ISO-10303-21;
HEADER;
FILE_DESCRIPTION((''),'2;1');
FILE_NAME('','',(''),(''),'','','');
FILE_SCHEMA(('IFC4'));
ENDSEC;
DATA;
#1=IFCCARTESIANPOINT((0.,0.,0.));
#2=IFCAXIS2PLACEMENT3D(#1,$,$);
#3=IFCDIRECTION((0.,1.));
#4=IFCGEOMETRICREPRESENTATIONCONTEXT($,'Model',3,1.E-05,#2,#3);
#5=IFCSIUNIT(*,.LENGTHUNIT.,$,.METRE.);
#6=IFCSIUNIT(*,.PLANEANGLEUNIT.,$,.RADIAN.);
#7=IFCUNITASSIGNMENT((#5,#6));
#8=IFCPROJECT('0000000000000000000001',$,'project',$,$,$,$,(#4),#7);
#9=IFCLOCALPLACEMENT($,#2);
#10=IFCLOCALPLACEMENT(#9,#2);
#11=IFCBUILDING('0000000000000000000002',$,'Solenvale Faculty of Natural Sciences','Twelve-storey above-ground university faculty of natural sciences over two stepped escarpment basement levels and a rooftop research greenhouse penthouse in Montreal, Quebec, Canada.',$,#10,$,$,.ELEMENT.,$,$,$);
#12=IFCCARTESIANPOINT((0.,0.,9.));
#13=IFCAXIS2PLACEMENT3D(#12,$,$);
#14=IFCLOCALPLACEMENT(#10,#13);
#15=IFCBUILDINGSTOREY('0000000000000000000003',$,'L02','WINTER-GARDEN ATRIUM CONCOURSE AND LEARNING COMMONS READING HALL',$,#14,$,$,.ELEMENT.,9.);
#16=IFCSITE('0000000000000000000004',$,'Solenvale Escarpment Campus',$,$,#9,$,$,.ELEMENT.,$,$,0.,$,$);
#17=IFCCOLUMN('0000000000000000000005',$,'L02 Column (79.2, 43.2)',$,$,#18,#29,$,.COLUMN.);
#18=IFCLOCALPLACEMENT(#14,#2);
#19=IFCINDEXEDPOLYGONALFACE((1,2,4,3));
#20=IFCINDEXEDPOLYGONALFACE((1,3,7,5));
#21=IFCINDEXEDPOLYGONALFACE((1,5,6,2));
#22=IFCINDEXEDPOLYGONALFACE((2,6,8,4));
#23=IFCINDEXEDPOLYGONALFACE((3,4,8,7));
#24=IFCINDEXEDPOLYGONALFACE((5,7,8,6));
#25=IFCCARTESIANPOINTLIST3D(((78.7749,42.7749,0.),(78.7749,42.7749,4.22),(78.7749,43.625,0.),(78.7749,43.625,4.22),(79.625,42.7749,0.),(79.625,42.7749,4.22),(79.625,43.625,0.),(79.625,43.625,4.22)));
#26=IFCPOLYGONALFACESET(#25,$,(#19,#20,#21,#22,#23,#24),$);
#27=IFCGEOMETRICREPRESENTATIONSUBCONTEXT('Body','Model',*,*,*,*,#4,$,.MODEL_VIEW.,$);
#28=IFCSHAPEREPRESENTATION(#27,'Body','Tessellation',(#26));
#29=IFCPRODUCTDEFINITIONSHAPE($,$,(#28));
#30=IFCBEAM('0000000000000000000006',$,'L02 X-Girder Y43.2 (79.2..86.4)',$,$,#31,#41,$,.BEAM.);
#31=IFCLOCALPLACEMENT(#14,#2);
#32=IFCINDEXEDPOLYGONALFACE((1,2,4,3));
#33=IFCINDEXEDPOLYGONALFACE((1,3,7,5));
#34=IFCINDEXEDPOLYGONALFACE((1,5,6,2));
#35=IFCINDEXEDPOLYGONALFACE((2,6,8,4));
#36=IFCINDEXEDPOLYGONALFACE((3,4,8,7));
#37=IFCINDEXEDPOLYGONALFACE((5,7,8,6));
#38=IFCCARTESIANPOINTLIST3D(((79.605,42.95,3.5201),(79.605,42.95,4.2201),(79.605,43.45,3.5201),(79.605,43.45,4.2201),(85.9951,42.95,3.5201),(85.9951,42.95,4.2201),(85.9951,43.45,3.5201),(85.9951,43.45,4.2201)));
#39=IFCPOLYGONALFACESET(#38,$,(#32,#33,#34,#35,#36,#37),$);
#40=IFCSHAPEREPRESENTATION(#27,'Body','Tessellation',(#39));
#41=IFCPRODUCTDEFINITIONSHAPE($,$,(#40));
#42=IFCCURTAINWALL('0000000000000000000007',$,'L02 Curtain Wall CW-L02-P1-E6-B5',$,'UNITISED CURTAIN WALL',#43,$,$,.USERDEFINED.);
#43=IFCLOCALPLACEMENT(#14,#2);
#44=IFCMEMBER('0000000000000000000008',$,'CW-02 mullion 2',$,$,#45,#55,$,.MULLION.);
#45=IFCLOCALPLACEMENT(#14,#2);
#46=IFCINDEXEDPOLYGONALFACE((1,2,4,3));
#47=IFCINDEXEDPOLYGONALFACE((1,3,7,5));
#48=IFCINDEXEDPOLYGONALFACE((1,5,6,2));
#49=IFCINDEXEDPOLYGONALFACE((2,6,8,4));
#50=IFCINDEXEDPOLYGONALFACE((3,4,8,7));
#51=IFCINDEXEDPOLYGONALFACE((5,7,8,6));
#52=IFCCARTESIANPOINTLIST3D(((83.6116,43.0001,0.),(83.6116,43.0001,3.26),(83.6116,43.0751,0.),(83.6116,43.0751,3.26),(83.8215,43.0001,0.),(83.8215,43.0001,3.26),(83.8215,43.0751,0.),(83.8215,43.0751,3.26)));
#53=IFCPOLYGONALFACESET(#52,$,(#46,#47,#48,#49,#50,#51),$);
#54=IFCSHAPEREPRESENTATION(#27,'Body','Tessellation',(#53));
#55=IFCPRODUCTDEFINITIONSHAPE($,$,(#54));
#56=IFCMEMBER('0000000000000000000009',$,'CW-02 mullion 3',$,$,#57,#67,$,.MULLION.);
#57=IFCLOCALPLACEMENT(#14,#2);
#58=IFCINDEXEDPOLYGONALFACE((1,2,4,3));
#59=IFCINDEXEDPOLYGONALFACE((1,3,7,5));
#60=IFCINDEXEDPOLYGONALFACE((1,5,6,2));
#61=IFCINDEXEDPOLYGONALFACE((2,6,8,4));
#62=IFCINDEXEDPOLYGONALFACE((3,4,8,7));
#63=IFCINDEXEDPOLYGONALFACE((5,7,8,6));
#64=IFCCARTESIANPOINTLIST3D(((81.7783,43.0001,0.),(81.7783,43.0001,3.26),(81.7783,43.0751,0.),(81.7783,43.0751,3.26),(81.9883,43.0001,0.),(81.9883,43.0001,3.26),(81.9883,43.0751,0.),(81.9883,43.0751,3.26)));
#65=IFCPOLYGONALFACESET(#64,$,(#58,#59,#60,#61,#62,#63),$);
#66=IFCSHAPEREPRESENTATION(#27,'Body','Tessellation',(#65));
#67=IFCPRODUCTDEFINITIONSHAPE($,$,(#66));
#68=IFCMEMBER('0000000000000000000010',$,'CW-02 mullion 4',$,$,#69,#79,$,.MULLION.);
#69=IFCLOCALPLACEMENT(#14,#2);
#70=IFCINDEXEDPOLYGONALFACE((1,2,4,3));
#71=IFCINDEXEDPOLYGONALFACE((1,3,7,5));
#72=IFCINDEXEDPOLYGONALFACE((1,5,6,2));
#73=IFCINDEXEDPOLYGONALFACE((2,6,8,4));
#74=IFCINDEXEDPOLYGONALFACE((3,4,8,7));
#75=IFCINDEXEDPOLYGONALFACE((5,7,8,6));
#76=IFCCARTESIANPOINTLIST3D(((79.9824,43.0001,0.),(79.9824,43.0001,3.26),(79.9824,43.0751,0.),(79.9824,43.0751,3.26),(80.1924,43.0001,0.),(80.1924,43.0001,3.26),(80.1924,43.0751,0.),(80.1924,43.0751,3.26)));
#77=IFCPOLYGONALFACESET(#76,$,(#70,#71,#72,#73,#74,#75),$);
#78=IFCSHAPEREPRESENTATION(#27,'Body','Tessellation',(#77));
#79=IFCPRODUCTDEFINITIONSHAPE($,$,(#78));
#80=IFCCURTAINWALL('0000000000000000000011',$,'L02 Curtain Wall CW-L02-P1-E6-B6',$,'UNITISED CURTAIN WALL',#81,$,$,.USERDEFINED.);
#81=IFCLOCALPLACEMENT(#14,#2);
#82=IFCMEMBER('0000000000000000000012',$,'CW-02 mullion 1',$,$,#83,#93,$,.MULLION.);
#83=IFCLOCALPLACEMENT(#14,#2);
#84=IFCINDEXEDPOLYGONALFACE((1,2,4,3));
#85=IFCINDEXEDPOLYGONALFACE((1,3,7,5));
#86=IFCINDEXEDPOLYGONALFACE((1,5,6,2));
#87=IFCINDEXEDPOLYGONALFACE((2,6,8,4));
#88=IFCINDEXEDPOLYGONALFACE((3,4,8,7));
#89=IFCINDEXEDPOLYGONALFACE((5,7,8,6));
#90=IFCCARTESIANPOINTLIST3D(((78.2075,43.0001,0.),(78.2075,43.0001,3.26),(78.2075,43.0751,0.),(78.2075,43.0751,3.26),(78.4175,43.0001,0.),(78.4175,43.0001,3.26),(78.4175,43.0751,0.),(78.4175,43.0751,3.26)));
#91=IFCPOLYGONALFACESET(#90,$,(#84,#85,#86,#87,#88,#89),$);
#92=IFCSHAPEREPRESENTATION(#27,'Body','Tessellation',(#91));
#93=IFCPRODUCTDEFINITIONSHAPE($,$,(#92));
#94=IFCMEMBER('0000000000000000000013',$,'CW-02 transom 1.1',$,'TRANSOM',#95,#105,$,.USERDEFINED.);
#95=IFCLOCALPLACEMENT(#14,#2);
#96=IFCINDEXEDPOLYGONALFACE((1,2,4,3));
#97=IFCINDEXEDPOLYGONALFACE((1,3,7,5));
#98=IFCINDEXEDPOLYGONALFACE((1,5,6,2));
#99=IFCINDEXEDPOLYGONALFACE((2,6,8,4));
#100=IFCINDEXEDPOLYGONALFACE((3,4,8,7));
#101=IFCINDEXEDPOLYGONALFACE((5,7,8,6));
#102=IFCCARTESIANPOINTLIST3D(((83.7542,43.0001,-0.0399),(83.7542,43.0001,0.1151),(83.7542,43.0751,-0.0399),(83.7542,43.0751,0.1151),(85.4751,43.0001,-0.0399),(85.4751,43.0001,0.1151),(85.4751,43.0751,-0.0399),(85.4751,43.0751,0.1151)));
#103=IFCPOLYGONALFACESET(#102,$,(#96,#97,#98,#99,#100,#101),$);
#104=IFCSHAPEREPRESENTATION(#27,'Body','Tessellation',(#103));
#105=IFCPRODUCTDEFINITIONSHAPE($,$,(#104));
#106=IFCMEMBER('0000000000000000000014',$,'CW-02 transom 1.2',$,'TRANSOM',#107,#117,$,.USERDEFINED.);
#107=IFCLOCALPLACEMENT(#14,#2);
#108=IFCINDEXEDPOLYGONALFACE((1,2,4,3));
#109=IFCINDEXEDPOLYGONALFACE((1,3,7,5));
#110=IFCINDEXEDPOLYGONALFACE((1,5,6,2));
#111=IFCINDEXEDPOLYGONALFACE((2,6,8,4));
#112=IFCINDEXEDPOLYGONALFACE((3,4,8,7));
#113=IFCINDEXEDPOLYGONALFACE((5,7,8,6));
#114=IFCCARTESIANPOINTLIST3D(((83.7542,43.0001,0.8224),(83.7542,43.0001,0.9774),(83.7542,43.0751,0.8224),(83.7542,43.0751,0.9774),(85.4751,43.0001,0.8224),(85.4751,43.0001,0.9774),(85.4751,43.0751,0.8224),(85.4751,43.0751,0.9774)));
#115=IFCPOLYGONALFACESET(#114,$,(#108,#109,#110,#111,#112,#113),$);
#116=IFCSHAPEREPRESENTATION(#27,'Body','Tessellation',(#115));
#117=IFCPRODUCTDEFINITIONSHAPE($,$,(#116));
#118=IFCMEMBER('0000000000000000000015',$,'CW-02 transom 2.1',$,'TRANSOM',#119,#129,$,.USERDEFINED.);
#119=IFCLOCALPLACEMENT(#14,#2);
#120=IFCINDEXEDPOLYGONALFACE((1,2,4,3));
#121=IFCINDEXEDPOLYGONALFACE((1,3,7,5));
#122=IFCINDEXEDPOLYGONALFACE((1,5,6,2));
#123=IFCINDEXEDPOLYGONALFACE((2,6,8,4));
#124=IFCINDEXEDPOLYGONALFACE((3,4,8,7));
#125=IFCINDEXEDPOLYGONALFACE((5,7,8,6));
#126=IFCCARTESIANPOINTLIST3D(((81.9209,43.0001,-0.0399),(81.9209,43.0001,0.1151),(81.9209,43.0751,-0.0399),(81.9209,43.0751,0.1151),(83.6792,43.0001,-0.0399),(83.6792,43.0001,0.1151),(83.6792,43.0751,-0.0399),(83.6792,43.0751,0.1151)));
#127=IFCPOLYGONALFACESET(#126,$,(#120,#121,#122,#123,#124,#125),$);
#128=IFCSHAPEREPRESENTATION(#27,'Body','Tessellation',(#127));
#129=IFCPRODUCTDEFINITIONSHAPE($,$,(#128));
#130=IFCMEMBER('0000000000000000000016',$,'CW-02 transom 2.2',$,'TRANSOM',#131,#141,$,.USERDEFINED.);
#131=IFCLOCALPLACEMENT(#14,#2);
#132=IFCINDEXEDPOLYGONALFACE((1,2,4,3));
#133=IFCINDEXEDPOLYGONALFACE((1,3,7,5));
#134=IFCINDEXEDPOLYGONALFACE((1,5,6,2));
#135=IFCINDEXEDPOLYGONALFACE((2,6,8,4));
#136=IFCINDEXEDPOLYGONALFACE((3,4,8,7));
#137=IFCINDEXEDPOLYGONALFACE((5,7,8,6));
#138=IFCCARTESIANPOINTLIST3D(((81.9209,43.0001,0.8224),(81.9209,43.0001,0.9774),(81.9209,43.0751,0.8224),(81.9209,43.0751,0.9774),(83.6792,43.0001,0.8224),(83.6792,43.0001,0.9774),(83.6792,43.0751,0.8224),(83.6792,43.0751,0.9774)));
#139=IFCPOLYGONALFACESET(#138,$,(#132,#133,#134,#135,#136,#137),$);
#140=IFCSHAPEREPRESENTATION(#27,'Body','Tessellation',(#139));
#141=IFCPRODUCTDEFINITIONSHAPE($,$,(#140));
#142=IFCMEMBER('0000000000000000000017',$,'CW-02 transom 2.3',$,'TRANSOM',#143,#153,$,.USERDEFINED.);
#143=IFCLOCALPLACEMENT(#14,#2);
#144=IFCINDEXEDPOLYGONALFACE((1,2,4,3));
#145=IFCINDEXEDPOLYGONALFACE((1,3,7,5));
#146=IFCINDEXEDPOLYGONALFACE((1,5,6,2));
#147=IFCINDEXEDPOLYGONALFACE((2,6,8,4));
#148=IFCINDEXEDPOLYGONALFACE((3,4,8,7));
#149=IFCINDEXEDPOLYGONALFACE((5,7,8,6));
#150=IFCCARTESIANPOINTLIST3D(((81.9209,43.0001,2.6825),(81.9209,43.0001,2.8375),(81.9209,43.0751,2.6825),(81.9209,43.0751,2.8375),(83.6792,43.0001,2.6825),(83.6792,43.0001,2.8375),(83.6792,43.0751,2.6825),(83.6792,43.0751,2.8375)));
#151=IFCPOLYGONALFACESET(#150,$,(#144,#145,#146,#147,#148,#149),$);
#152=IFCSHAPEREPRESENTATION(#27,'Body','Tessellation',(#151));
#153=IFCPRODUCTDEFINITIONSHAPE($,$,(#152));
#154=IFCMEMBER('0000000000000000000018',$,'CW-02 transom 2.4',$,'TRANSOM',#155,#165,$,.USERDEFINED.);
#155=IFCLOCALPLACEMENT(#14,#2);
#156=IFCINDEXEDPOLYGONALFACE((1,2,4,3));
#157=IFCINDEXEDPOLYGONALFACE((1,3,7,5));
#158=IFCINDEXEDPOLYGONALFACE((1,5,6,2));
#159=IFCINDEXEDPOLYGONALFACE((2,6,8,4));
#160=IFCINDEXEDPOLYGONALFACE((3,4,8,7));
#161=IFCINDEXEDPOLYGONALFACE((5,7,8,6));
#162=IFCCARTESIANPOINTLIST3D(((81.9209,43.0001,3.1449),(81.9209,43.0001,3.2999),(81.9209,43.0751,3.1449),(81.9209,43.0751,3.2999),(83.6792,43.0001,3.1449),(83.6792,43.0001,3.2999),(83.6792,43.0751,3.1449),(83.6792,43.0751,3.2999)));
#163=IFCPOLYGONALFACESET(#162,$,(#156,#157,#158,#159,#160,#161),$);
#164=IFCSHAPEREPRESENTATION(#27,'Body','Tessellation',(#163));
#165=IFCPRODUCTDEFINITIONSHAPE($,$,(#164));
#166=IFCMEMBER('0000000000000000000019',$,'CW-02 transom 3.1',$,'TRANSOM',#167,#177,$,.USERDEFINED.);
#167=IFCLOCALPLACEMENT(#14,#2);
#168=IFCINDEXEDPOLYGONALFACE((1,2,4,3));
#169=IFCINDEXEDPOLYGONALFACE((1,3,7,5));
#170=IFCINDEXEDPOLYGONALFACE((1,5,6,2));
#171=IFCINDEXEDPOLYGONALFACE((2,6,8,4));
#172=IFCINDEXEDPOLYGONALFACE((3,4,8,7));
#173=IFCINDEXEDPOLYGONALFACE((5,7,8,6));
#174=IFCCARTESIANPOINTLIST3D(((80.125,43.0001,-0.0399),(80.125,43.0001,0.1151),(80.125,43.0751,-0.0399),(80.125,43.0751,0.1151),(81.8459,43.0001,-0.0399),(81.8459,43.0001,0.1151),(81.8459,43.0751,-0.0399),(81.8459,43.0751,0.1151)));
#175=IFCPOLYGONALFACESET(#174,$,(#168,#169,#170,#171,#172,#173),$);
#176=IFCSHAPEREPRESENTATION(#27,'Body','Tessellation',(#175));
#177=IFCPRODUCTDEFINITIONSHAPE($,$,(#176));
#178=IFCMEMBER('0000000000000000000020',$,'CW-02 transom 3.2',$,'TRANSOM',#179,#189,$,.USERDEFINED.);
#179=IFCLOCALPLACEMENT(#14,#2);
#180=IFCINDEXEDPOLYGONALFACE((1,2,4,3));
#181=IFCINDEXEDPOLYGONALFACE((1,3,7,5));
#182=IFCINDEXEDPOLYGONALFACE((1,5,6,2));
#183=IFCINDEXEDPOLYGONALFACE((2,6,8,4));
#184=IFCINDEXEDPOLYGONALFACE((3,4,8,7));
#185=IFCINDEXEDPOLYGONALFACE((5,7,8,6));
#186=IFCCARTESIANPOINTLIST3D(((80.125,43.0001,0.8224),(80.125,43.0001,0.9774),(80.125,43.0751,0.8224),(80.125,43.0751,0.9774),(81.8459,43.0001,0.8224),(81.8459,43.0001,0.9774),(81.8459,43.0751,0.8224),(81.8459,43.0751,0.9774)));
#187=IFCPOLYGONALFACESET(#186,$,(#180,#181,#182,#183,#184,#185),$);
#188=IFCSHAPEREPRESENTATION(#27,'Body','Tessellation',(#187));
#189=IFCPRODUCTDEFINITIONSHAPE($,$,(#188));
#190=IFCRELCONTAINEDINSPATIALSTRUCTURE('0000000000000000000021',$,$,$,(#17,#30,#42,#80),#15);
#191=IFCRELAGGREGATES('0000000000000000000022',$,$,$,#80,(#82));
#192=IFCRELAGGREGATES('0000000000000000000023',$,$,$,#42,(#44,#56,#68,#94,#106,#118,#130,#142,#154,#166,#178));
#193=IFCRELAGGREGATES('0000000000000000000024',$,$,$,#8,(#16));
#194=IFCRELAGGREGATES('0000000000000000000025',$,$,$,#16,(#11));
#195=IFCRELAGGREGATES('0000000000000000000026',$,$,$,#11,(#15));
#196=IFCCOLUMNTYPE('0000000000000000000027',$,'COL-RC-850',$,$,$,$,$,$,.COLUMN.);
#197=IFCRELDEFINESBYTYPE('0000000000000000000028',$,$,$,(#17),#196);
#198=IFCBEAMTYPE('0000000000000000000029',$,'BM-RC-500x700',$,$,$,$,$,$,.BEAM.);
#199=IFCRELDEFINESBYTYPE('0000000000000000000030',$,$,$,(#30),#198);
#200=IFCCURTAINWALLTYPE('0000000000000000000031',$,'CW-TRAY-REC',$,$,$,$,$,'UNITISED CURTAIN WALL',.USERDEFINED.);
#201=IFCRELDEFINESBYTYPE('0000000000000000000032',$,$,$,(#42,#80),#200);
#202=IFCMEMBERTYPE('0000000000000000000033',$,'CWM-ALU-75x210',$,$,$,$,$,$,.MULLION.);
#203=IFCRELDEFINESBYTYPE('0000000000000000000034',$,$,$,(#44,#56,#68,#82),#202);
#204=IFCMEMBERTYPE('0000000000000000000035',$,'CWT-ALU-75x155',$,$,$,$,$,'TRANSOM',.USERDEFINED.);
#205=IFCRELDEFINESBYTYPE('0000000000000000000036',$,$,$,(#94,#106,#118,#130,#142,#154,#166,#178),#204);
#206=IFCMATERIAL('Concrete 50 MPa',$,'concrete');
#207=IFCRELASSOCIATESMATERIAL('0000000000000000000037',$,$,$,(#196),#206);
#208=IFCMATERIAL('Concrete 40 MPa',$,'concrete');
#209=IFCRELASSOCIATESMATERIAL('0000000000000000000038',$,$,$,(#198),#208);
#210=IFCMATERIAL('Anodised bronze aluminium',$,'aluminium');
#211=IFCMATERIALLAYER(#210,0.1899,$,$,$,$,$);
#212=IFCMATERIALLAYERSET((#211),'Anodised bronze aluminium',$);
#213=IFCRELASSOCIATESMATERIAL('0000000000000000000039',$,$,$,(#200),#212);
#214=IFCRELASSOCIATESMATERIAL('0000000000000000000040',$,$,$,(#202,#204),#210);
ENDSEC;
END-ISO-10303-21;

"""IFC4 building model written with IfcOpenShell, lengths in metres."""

from ifc_helpers import new_model, si_unit, direction, frame, origin, origin_2d, place, context, subcontext, project, spatial, rectangle, extrude, material, layer, layer_set, material_profile, profile_set, type_object, element, aggregate, save


model = new_model("IFC4")

# Units and contexts
model_context = context("Model", 3, precision=1e-05, world=origin(), true_north=direction((0.0, 1.0)))
body_context = subcontext(model_context, "Body", "Model", "MODEL_VIEW")
ifc_project = project(units=[si_unit("LENGTHUNIT", "METRE"), si_unit("PLANEANGLEUNIT", "RADIAN")], contexts=[model_context])

# Site, building, storey
site_placement = place(None, origin())
site = spatial("IfcSite", under=ifc_project, at=site_placement, Name="Solenvale Escarpment Campus", CompositionType="ELEMENT", RefElevation=0.0)
building_placement = place(site_placement, origin())
building = spatial("IfcBuilding", under=site, at=building_placement, Name="Solenvale Faculty of Natural Sciences", Description="Twelve-storey above-ground university faculty of natural sciences over two stepped escarpment basement levels and a rooftop research greenhouse penthouse in Montreal, Quebec, Canada.", CompositionType="ELEMENT")
storey_placement = place(building_placement, frame((0.0, 0.0, 9.0)))
storey = spatial("IfcBuildingStorey", under=building, at=storey_placement, Name="L02", Description="WINTER-GARDEN ATRIUM CONCOURSE AND LEARNING COMMONS READING HALL", CompositionType="ELEMENT", Elevation=9.0)

# Column
ifc_material_1 = material(Name="Concrete 50 MPa", Category="concrete")
ifc_material_profile_1 = material_profile(ifc_material_1, rectangle(XDim=0.8501, YDim=0.8501, at=origin_2d()), Name="RC-COL-850x850")
ifc_profile_set_1 = profile_set([ifc_material_profile_1], Name="Concrete 50 MPa")
column_type = type_object("IfcColumnType", Name="COL-RC-850", PredefinedType="COLUMN", material=ifc_profile_set_1)
column_placement = place(storey_placement, frame((79.2, 43.2, 0.0), z_axis=(0.0, 0.0, 1.0), x_axis=(1.0, 0.0, 0.0)))
element("IfcColumn", 1, at=column_placement, inside=storey, type_object=column_type, Name="L02 Column (79.2, 43.2)", PredefinedType="COLUMN", context=body_context, shape_type="SweptSolid", body=[
    extrude(rectangle(XDim=0.8501, YDim=0.8501, at=origin_2d()), origin(), (0.0, 0.0, 1.0), 4.22),
])

# Beam
ifc_material_2 = material(Name="Concrete 40 MPa", Category="concrete")
ifc_material_profile_2 = material_profile(ifc_material_2, rectangle(XDim=0.5, YDim=0.7, at=origin_2d()), Name="RC-BM-500x700")
ifc_profile_set_2 = profile_set([ifc_material_profile_2], Name="Concrete 40 MPa")
beam_type = type_object("IfcBeamType", Name="BM-RC-500x700", PredefinedType="BEAM", material=ifc_profile_set_2)
beam_placement = place(storey_placement, frame((79.605, 43.2, 3.8701), z_axis=(1.0, 0.0, 0.0), x_axis=(0.0, 1.0, 0.0)))
element("IfcBeam", 2, at=beam_placement, inside=storey, type_object=beam_type, Name="L02 X-Girder Y43.2 (79.2..86.4)", PredefinedType="BEAM", context=body_context, shape_type="SweptSolid", body=[
    extrude(rectangle(XDim=0.5, YDim=0.7, at=origin_2d()), origin(), (0.0, 0.0, 1.0), 6.3901),
])

# Curtain wall, members
ifc_material_3 = material(Name="Anodised bronze aluminium", Category="aluminium")
ifc_layer_1 = layer(ifc_material_3, 0.1899)
ifc_layer_set_1 = layer_set([ifc_layer_1], Name="Anodised bronze aluminium")
curtain_wall_type = type_object("IfcCurtainWallType", Name="CW-TRAY-REC", ElementType="UNITISED CURTAIN WALL", PredefinedType="USERDEFINED", material=ifc_layer_set_1)
curtain_wall_1_placement = place(storey_placement, origin())
curtain_wall_1 = element("IfcCurtainWall", 3, at=curtain_wall_1_placement, inside=storey, type_object=curtain_wall_type, Name="L02 Curtain Wall CW-L02-P1-E6-B5", ObjectType="UNITISED CURTAIN WALL", PredefinedType="USERDEFINED")
ifc_material_profile_3 = material_profile(ifc_material_3, rectangle(XDim=0.075, YDim=0.21, at=origin_2d()), Name="ALU-MUL-75x210")
ifc_profile_set_3 = profile_set([ifc_material_profile_3], Name="Anodised bronze aluminium")
member_type_1 = type_object("IfcMemberType", Name="CWM-ALU-75x210", PredefinedType="MULLION", material=ifc_profile_set_3)
member_1_placement = place(storey_placement, frame((83.7166, 43.0376, 0.0), z_axis=(0.0, 0.0, 1.0), x_axis=(0.0, -1.0, 0.0)))
member_1 = element("IfcMember", 4, at=member_1_placement, type_object=member_type_1, Name="CW-02 mullion 2", PredefinedType="MULLION", context=body_context, shape_type="SweptSolid", body=[
    extrude(rectangle(XDim=0.075, YDim=0.21, at=origin_2d()), origin(), (0.0, 0.0, 1.0), 3.26),
])
member_2_placement = place(storey_placement, frame((81.8833, 43.0376, 0.0), z_axis=(0.0, 0.0, 1.0), x_axis=(0.0, -1.0, 0.0)))
member_2 = element("IfcMember", 5, at=member_2_placement, type_object=member_type_1, Name="CW-02 mullion 3", PredefinedType="MULLION", context=body_context, shape_type="SweptSolid", body=[
    extrude(rectangle(XDim=0.075, YDim=0.21, at=origin_2d()), origin(), (0.0, 0.0, 1.0), 3.26),
])
member_3_placement = place(storey_placement, frame((80.0874, 43.0376, 0.0), z_axis=(0.0, 0.0, 1.0), x_axis=(0.0, -1.0, 0.0)))
member_3 = element("IfcMember", 6, at=member_3_placement, type_object=member_type_1, Name="CW-02 mullion 4", PredefinedType="MULLION", context=body_context, shape_type="SweptSolid", body=[
    extrude(rectangle(XDim=0.075, YDim=0.21, at=origin_2d()), origin(), (0.0, 0.0, 1.0), 3.26),
])

# Curtain wall, member
curtain_wall_2_placement = place(storey_placement, origin())
curtain_wall_2 = element("IfcCurtainWall", 7, at=curtain_wall_2_placement, inside=storey, type_object=curtain_wall_type, Name="L02 Curtain Wall CW-L02-P1-E6-B6", ObjectType="UNITISED CURTAIN WALL", PredefinedType="USERDEFINED")
member_4_placement = place(storey_placement, frame((78.3125, 43.0376, 0.0), z_axis=(0.0, 0.0, 1.0), x_axis=(0.0, -1.0, 0.0)))
member_4 = element("IfcMember", 8, at=member_4_placement, type_object=member_type_1, Name="CW-02 mullion 1", PredefinedType="MULLION", context=body_context, shape_type="SweptSolid", body=[
    extrude(rectangle(XDim=0.075, YDim=0.21, at=origin_2d()), origin(), (0.0, 0.0, 1.0), 3.26),
])

# Members
ifc_material_profile_4 = material_profile(ifc_material_3, rectangle(XDim=0.075, YDim=0.155, at=origin_2d()), Name="ALU-TRN-75x155")
ifc_profile_set_4 = profile_set([ifc_material_profile_4], Name="Anodised bronze aluminium")
member_type_2 = type_object("IfcMemberType", Name="CWT-ALU-75x155", ElementType="TRANSOM", PredefinedType="USERDEFINED", material=ifc_profile_set_4)
member_5_placement = place(storey_placement, frame((85.4751, 43.0376, 0.0376), z_axis=(-1.0, 0.0, 0.0), x_axis=(0.0, -1.0, 0.0)))
member_5 = element("IfcMember", 9, at=member_5_placement, type_object=member_type_2, Name="CW-02 transom 1.1", ObjectType="TRANSOM", PredefinedType="USERDEFINED", context=body_context, shape_type="SweptSolid", body=[
    extrude(rectangle(XDim=0.075, YDim=0.155, at=origin_2d()), origin(), (0.0, 0.0, 1.0), 1.7209),
])
member_6_placement = place(storey_placement, frame((85.4751, 43.0376, 0.8999), z_axis=(-1.0, 0.0, 0.0), x_axis=(0.0, -1.0, 0.0)))
member_6 = element("IfcMember", 10, at=member_6_placement, type_object=member_type_2, Name="CW-02 transom 1.2", ObjectType="TRANSOM", PredefinedType="USERDEFINED", context=body_context, shape_type="SweptSolid", body=[
    extrude(rectangle(XDim=0.075, YDim=0.155, at=origin_2d()), origin(), (0.0, 0.0, 1.0), 1.7209),
])
member_7_placement = place(storey_placement, frame((83.6792, 43.0376, 0.0376), z_axis=(-1.0, 0.0, 0.0), x_axis=(0.0, -1.0, 0.0)))
member_7 = element("IfcMember", 11, at=member_7_placement, type_object=member_type_2, Name="CW-02 transom 2.1", ObjectType="TRANSOM", PredefinedType="USERDEFINED", context=body_context, shape_type="SweptSolid", body=[
    extrude(rectangle(XDim=0.075, YDim=0.155, at=origin_2d()), origin(), (0.0, 0.0, 1.0), 1.7583),
])
member_8_placement = place(storey_placement, frame((83.6792, 43.0376, 0.8999), z_axis=(-1.0, 0.0, 0.0), x_axis=(0.0, -1.0, 0.0)))
member_8 = element("IfcMember", 12, at=member_8_placement, type_object=member_type_2, Name="CW-02 transom 2.2", ObjectType="TRANSOM", PredefinedType="USERDEFINED", context=body_context, shape_type="SweptSolid", body=[
    extrude(rectangle(XDim=0.075, YDim=0.155, at=origin_2d()), origin(), (0.0, 0.0, 1.0), 1.7583),
])
member_9_placement = place(storey_placement, frame((83.6792, 43.0376, 2.76), z_axis=(-1.0, 0.0, 0.0), x_axis=(0.0, -1.0, 0.0)))
member_9 = element("IfcMember", 13, at=member_9_placement, type_object=member_type_2, Name="CW-02 transom 2.3", ObjectType="TRANSOM", PredefinedType="USERDEFINED", context=body_context, shape_type="SweptSolid", body=[
    extrude(rectangle(XDim=0.075, YDim=0.155, at=origin_2d()), origin(), (0.0, 0.0, 1.0), 1.7583),
])
member_10_placement = place(storey_placement, frame((83.6792, 43.0376, 3.2224), z_axis=(-1.0, 0.0, 0.0), x_axis=(0.0, -1.0, 0.0)))
member_10 = element("IfcMember", 14, at=member_10_placement, type_object=member_type_2, Name="CW-02 transom 2.4", ObjectType="TRANSOM", PredefinedType="USERDEFINED", context=body_context, shape_type="SweptSolid", body=[
    extrude(rectangle(XDim=0.075, YDim=0.155, at=origin_2d()), origin(), (0.0, 0.0, 1.0), 1.7583),
])
member_11_placement = place(storey_placement, frame((81.8459, 43.0376, 0.0376), z_axis=(-1.0, 0.0, 0.0), x_axis=(0.0, -1.0, 0.0)))
member_11 = element("IfcMember", 15, at=member_11_placement, type_object=member_type_2, Name="CW-02 transom 3.1", ObjectType="TRANSOM", PredefinedType="USERDEFINED", context=body_context, shape_type="SweptSolid", body=[
    extrude(rectangle(XDim=0.075, YDim=0.155, at=origin_2d()), origin(), (0.0, 0.0, 1.0), 1.7209),
])
member_12_placement = place(storey_placement, frame((81.8459, 43.0376, 0.8999), z_axis=(-1.0, 0.0, 0.0), x_axis=(0.0, -1.0, 0.0)))
member_12 = element("IfcMember", 16, at=member_12_placement, type_object=member_type_2, Name="CW-02 transom 3.2", ObjectType="TRANSOM", PredefinedType="USERDEFINED", context=body_context, shape_type="SweptSolid", body=[
    extrude(rectangle(XDim=0.075, YDim=0.155, at=origin_2d()), origin(), (0.0, 0.0, 1.0), 1.7209),
])
aggregate(curtain_wall_2, [member_4])

aggregate(curtain_wall_1, [member_1, member_2, member_3, member_5, member_6, member_7, member_8, member_9, member_10, member_11, member_12])

save(model, "model.ifc")
